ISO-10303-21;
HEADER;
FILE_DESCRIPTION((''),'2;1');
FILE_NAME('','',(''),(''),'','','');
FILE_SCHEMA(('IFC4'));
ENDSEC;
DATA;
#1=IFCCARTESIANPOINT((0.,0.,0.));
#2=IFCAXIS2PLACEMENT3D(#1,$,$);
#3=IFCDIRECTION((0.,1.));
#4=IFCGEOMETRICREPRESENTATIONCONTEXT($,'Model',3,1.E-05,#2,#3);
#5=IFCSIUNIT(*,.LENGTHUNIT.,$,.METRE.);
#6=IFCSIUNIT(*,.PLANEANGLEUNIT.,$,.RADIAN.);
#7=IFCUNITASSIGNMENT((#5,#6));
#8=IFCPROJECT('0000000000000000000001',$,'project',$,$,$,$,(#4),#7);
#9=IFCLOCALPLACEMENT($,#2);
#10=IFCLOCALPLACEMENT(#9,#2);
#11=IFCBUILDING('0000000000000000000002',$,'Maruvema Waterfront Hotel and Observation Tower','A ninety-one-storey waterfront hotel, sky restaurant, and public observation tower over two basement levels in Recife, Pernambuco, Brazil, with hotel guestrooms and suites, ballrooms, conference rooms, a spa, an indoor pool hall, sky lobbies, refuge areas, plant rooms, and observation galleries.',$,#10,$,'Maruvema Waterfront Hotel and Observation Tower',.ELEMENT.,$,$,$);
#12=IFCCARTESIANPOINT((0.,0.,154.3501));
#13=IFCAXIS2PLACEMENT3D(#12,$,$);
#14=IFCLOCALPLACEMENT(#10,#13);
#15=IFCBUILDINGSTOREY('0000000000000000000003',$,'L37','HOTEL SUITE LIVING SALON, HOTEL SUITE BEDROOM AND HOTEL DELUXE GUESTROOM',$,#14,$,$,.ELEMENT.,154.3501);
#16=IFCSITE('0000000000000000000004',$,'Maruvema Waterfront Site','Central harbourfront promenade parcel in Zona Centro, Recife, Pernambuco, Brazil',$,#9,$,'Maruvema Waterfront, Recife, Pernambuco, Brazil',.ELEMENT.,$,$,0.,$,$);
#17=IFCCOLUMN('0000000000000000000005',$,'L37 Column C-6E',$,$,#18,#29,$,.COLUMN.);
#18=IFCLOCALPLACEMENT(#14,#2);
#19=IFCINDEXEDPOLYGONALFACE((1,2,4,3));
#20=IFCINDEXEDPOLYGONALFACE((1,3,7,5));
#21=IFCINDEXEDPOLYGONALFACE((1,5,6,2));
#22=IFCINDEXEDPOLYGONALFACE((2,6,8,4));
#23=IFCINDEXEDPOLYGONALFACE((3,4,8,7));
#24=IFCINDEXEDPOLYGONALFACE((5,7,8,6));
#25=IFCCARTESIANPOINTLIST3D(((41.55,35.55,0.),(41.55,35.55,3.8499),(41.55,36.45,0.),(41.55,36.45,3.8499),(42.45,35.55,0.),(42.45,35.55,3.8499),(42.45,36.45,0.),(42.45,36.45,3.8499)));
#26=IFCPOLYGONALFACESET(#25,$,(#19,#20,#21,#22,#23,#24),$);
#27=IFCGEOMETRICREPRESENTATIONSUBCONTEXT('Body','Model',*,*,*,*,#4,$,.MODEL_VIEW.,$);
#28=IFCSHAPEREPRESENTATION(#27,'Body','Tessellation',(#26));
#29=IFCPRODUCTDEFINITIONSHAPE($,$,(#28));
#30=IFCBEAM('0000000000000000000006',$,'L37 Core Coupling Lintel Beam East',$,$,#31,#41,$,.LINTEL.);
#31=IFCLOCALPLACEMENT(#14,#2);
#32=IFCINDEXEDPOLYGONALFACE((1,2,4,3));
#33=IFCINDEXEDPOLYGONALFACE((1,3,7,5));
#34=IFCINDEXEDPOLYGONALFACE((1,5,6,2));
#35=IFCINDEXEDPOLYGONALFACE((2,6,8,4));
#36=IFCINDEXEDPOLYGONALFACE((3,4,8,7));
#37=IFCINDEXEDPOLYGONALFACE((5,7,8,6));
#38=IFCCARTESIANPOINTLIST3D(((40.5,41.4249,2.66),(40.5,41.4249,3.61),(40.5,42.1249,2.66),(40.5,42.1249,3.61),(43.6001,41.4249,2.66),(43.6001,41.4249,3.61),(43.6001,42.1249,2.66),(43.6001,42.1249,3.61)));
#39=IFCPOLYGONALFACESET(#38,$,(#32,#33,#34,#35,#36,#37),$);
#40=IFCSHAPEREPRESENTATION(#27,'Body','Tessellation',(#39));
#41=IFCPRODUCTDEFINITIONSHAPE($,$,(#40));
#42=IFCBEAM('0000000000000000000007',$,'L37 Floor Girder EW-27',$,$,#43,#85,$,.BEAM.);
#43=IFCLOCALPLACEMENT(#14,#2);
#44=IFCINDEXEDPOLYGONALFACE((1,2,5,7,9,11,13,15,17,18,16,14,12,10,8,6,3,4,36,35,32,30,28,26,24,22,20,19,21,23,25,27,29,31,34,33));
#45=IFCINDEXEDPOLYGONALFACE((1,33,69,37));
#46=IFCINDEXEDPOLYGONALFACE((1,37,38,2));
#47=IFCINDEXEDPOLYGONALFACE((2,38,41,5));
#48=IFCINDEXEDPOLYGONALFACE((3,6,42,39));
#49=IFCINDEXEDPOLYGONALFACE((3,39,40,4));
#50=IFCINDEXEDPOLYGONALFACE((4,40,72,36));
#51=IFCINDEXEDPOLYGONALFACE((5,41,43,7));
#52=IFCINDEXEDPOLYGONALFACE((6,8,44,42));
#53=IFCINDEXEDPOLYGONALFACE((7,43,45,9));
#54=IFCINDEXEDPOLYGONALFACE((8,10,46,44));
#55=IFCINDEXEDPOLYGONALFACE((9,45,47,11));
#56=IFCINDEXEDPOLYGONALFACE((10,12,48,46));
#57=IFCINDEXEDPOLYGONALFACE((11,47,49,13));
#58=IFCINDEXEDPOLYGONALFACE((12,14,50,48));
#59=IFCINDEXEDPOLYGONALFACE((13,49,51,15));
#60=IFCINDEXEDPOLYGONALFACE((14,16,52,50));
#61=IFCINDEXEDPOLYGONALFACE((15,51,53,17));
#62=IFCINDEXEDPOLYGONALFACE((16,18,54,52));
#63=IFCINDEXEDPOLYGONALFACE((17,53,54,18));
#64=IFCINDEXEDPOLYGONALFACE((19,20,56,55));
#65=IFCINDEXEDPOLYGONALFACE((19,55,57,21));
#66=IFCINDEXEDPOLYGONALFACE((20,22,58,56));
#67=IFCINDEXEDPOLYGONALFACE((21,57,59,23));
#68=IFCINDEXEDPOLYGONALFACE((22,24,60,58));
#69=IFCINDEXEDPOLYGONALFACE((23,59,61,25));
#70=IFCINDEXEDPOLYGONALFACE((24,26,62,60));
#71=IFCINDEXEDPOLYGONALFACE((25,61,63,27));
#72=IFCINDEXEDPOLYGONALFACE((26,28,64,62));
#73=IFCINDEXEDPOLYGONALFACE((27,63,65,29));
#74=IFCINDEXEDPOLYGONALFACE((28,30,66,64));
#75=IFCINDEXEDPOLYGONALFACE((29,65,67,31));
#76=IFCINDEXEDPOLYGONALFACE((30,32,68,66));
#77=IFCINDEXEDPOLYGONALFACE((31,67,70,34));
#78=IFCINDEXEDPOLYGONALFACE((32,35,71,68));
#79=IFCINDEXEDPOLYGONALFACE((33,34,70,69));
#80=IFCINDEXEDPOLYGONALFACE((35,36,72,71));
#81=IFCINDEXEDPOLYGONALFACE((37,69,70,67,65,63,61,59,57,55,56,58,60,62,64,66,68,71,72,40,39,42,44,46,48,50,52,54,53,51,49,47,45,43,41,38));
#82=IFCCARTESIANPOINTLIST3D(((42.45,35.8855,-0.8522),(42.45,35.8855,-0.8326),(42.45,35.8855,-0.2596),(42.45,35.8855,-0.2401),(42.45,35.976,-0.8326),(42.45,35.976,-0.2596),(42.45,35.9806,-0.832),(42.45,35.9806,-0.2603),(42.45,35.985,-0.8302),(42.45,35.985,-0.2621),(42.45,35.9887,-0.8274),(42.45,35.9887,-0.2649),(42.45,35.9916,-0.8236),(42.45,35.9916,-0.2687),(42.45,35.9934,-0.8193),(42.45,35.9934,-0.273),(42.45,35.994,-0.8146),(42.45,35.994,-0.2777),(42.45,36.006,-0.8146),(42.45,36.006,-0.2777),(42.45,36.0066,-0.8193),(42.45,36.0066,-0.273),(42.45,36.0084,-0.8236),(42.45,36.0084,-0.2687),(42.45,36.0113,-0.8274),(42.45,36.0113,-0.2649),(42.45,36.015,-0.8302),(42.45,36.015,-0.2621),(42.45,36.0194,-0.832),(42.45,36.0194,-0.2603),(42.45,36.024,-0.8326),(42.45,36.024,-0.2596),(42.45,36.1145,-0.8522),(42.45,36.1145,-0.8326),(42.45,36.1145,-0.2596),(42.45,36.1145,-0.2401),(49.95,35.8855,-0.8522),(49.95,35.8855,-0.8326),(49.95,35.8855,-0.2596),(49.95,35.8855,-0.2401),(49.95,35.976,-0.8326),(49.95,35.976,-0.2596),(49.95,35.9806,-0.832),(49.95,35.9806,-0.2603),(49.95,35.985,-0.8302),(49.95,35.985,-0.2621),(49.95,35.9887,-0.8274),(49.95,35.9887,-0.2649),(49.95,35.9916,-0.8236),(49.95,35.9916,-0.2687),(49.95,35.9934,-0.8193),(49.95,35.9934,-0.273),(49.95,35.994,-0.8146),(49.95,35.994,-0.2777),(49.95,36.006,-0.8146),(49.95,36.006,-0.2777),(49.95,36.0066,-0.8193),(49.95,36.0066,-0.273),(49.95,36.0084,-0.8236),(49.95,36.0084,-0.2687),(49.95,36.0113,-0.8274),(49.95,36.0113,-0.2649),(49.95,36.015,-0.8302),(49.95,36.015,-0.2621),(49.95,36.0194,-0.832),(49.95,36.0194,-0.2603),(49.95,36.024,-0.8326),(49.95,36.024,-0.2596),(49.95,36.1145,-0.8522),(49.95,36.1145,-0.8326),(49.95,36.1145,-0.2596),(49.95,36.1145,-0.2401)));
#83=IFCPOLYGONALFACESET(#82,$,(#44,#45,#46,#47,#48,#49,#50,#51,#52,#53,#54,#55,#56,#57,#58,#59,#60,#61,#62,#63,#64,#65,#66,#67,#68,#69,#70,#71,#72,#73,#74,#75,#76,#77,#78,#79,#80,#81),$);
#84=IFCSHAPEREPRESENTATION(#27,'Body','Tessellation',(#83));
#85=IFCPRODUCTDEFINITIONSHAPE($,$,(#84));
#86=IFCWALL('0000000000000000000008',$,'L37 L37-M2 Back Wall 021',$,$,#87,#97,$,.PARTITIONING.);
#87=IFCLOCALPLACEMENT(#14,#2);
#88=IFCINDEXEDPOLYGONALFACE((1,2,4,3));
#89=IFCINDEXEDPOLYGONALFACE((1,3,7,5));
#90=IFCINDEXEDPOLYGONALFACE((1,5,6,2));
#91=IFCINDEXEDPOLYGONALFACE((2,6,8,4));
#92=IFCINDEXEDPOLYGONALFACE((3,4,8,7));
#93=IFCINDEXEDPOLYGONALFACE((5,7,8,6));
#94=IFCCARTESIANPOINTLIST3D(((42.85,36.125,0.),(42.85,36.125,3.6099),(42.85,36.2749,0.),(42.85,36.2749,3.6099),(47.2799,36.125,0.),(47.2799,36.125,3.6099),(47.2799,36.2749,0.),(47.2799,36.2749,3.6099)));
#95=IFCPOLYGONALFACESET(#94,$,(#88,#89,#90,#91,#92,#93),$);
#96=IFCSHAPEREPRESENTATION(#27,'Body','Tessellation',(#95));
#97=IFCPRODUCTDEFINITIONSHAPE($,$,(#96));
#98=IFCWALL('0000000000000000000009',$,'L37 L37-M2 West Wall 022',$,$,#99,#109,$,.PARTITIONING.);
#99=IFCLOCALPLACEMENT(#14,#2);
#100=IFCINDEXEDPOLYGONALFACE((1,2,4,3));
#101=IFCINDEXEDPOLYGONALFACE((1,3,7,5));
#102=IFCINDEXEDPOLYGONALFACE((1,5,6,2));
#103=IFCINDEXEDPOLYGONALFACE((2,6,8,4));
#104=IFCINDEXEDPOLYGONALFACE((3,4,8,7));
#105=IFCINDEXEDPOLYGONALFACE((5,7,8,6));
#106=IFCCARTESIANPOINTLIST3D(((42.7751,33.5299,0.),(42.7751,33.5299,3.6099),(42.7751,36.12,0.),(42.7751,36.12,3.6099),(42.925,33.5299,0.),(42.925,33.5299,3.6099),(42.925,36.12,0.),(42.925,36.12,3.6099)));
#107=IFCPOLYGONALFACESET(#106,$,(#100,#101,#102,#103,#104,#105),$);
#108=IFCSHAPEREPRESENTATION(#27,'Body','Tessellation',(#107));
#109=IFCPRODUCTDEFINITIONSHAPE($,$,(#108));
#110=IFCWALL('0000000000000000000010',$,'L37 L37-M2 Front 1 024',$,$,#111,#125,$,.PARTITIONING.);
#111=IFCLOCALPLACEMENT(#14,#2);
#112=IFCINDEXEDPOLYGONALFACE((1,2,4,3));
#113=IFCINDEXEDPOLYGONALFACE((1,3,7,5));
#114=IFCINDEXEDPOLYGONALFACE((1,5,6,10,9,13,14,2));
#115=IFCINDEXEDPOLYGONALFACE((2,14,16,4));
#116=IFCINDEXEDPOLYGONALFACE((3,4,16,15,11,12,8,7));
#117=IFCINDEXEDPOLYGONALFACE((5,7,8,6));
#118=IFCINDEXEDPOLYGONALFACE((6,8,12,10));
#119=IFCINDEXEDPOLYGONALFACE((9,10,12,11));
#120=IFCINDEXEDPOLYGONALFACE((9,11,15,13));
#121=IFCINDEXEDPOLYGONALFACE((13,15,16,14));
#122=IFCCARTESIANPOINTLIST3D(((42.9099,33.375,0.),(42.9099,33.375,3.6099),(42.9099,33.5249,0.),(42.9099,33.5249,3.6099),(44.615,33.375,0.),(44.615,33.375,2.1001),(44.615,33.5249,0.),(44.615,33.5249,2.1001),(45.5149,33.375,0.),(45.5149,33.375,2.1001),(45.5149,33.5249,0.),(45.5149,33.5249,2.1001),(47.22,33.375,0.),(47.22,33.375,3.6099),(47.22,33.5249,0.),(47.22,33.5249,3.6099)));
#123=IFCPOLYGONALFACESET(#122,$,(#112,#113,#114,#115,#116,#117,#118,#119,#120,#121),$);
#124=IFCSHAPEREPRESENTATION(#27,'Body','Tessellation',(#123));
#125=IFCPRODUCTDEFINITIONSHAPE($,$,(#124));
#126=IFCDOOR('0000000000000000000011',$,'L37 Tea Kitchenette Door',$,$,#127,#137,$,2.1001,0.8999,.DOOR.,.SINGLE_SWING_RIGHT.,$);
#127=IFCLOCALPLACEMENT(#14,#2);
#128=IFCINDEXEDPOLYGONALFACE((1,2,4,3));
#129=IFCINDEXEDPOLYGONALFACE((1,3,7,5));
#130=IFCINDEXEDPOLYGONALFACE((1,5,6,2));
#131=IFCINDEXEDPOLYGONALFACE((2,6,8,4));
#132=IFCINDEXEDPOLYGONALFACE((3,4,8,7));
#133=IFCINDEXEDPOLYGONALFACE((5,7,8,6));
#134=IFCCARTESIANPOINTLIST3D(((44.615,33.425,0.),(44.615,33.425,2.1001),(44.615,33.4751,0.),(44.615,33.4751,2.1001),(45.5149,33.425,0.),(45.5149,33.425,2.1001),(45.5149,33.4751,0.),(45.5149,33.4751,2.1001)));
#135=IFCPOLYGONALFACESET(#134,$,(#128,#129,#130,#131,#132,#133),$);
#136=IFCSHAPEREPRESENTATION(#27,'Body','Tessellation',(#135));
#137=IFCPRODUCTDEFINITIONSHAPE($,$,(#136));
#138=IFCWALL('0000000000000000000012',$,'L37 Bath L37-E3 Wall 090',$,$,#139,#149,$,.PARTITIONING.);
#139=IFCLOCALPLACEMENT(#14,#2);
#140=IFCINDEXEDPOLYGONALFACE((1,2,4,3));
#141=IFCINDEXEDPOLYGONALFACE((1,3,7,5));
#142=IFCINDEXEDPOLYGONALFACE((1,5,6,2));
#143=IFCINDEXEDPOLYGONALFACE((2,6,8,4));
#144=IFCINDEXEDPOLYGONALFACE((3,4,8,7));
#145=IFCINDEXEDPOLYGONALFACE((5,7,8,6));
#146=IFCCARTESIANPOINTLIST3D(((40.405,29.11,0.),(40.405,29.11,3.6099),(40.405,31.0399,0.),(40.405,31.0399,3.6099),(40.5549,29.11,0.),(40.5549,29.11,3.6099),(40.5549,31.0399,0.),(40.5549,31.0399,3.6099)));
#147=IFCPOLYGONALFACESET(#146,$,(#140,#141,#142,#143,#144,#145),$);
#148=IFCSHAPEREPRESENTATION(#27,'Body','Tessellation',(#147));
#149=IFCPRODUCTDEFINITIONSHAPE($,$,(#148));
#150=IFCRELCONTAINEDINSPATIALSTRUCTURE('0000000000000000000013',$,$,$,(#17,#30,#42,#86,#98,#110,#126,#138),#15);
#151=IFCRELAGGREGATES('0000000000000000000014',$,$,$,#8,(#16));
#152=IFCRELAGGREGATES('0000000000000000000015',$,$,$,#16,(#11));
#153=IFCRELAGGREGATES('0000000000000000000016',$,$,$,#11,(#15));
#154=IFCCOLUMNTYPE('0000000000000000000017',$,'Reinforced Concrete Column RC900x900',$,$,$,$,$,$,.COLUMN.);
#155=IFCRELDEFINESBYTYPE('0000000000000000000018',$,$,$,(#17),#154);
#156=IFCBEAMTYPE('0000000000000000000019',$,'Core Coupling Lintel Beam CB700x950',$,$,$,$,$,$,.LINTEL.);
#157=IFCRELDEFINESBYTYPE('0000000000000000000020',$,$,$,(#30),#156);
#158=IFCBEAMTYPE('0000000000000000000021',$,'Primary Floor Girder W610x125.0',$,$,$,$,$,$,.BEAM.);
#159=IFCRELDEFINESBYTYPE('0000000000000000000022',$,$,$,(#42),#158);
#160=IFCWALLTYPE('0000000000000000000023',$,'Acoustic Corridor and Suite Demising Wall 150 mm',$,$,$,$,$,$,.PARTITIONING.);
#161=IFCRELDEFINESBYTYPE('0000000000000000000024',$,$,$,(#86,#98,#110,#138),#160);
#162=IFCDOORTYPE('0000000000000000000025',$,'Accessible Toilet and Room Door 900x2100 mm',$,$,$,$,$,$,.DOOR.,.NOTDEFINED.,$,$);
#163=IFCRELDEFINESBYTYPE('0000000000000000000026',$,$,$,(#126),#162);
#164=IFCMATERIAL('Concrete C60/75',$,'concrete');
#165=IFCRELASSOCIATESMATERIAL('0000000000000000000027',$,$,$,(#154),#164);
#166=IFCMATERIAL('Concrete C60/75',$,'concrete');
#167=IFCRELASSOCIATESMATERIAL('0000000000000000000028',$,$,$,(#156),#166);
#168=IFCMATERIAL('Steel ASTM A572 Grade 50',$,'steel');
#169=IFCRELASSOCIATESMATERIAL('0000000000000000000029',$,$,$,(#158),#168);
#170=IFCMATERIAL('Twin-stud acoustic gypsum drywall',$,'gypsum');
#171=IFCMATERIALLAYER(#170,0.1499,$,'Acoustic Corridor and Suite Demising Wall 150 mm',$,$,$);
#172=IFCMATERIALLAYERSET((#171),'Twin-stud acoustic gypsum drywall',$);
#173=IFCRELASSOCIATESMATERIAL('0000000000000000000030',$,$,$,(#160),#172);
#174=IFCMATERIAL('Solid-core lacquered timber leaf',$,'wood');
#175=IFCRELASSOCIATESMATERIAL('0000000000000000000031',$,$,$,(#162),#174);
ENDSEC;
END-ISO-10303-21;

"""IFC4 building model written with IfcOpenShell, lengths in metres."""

from ifc_helpers import new_model, si_unit, direction, frame, frame_2d, origin, origin_2d, place, context, subcontext, project, spatial, rectangle, i_section, extrude, material, layer, layer_set, material_profile, profile_set, type_object, element, fill, save


model = new_model("IFC4")

# Units and contexts
model_context = context("Model", 3, precision=1e-05, world=origin(), true_north=direction((0.0, 1.0)))
body_context = subcontext(model_context, "Body", "Model", "MODEL_VIEW")
ifc_project = project(units=[si_unit("LENGTHUNIT", "METRE"), si_unit("PLANEANGLEUNIT", "RADIAN")], contexts=[model_context])

# Site, building, storey
site_placement = place(None, origin())
site = spatial("IfcSite", under=ifc_project, at=site_placement, Name="Maruvema Waterfront Site", Description="Central harbourfront promenade parcel in Zona Centro, Recife, Pernambuco, Brazil", LongName="Maruvema Waterfront, Recife, Pernambuco, Brazil", CompositionType="ELEMENT", RefElevation=0.0)
building_placement = place(site_placement, origin())
building = spatial("IfcBuilding", under=site, at=building_placement, Name="Maruvema Waterfront Hotel and Observation Tower", Description="A ninety-one-storey waterfront hotel, sky restaurant, and public observation tower over two basement levels in Recife, Pernambuco, Brazil, with hotel guestrooms and suites, ballrooms, conference rooms, a spa, an indoor pool hall, sky lobbies, refuge areas, plant rooms, and observation galleries.", LongName="Maruvema Waterfront Hotel and Observation Tower", CompositionType="ELEMENT")
storey_placement = place(building_placement, frame((0.0, 0.0, 154.3501)))
storey = spatial("IfcBuildingStorey", under=building, at=storey_placement, Name="L37", Description="HOTEL SUITE LIVING SALON, HOTEL SUITE BEDROOM AND HOTEL DELUXE GUESTROOM", CompositionType="ELEMENT", Elevation=154.3501)

# Column
ifc_material_1 = material(Name="Concrete C60/75", Category="concrete")
ifc_material_profile_1 = material_profile(ifc_material_1, rectangle(XDim=0.8999, YDim=0.8999, at=origin_2d()), Name="RC900x900")
ifc_profile_set_1 = profile_set([ifc_material_profile_1], Name="Concrete C60/75")
column_type = type_object("IfcColumnType", Name="Reinforced Concrete Column RC900x900", PredefinedType="COLUMN", material=ifc_profile_set_1)
column_placement = place(storey_placement, frame((42.0, 36.0, 0.0), z_axis=(0.0, 0.0, 1.0), x_axis=(1.0, 0.0, 0.0)))
element("IfcColumn", 1, at=column_placement, inside=storey, type_object=column_type, Name="L37 Column C-6E", PredefinedType="COLUMN", context=body_context, shape_type="SweptSolid", body=[
    extrude(rectangle(XDim=0.8999, YDim=0.8999, at=origin_2d()), origin(), (0.0, 0.0, 1.0), 3.8499),
])

# Beams
ifc_material_2 = material(Name="Concrete C60/75", Category="concrete")
ifc_material_profile_2 = material_profile(ifc_material_2, rectangle(XDim=0.7, YDim=0.95, at=origin_2d()), Name="CB700x950")
ifc_profile_set_2 = profile_set([ifc_material_profile_2], Name="Concrete C60/75")
beam_type_1 = type_object("IfcBeamType", Name="Core Coupling Lintel Beam CB700x950", PredefinedType="LINTEL", material=ifc_profile_set_2)
beam_1_placement = place(storey_placement, frame((40.5, 41.7749, 3.135), z_axis=(1.0, 0.0, 0.0), x_axis=(0.0, 1.0, 0.0)))
element("IfcBeam", 2, at=beam_1_placement, inside=storey, type_object=beam_type_1, Name="L37 Core Coupling Lintel Beam East", PredefinedType="LINTEL", context=body_context, shape_type="SweptSolid", body=[
    extrude(rectangle(XDim=0.7, YDim=0.95, at=origin_2d()), origin(), (0.0, 0.0, 1.0), 3.1001),
])
ifc_material_3 = material(Name="Steel ASTM A572 Grade 50", Category="steel")
ifc_material_profile_3 = material_profile(ifc_material_3, i_section(OverallWidth=0.229, OverallDepth=0.6121, WebThickness=0.012, FlangeThickness=0.0195, FilletRadius=0.0181, at=origin_2d()), Name="W610x125.0")
ifc_profile_set_3 = profile_set([ifc_material_profile_3], Name="Steel ASTM A572 Grade 50")
beam_type_2 = type_object("IfcBeamType", Name="Primary Floor Girder W610x125.0", PredefinedType="BEAM", material=ifc_profile_set_3)
beam_2_placement = place(storey_placement, frame((42.45, 36.0, -0.5461), z_axis=(1.0, 0.0, 0.0), x_axis=(0.0, 1.0, 0.0)))
element("IfcBeam", 3, at=beam_2_placement, inside=storey, type_object=beam_type_2, Name="L37 Floor Girder EW-27", PredefinedType="BEAM", context=body_context, shape_type="SweptSolid", body=[
    extrude(i_section(OverallWidth=0.229, OverallDepth=0.6121, WebThickness=0.012, FlangeThickness=0.0195, FilletRadius=0.0181, at=origin_2d()), origin(), (0.0, 0.0, 1.0), 7.5),
])

# Walls
ifc_material_4 = material(Name="Twin-stud acoustic gypsum drywall", Category="gypsum")
ifc_layer_1 = layer(ifc_material_4, 0.1499, Name="Acoustic Corridor and Suite Demising Wall 150 mm")
ifc_layer_set_1 = layer_set([ifc_layer_1], Name="Twin-stud acoustic gypsum drywall")
wall_type_1 = type_object("IfcWallType", Name="Acoustic Corridor and Suite Demising Wall 150 mm", PredefinedType="PARTITIONING", material=ifc_layer_set_1)
wall_1_placement = place(storey_placement, frame((42.8501, 36.2, 0.0), z_axis=(0.0, 0.0, 1.0), x_axis=(1.0, 0.0, 0.0)))
element("IfcWall", 4, at=wall_1_placement, inside=storey, type_object=wall_type_1, Name="L37 L37-M2 Back Wall 021", PredefinedType="PARTITIONING", context=body_context, shape_type="SweptSolid", body=[
    extrude(rectangle(XDim=4.4299, YDim=0.1499, at=frame_2d((2.2148, 0.0))), origin(), (0.0, 0.0, 1.0), 3.6099),
])
wall_2_placement = place(storey_placement, frame((42.8501, 33.53, 0.0), z_axis=(0.0, 0.0, 1.0), x_axis=(0.0, 1.0, 0.0)))
element("IfcWall", 5, at=wall_2_placement, inside=storey, type_object=wall_type_1, Name="L37 L37-M2 West Wall 022", PredefinedType="PARTITIONING", context=body_context, shape_type="SweptSolid", body=[
    extrude(rectangle(XDim=2.5901, YDim=0.1499, at=frame_2d((1.2949, 0.0))), origin(), (0.0, 0.0, 1.0), 3.6099),
])

# Wall, opening, door
wall_3_placement = place(storey_placement, frame((42.9099, 33.45, 0.0), z_axis=(0.0, 0.0, 1.0), x_axis=(1.0, 0.0, 0.0)))
wall_3 = element("IfcWall", 6, at=wall_3_placement, inside=storey, type_object=wall_type_1, Name="L37 L37-M2 Front 1 024", PredefinedType="PARTITIONING", context=body_context, shape_type="SweptSolid", body=[
    extrude(rectangle(XDim=4.3101, YDim=0.1499, at=frame_2d((2.155, 0.0))), origin(), (0.0, 0.0, 1.0), 3.6099),
])
opening_1_placement = place(wall_3_placement, frame((1.7051, 0.0, 0.0)))
opening_1 = element("IfcOpeningElement", 7, at=opening_1_placement, cuts=wall_3, PredefinedType="OPENING", context=body_context, shape_type="SweptSolid", body=[
    extrude(rectangle(XDim=0.8999, YDim=2.1001, at=frame_2d((0.45, 1.05))), frame((0.0, 0.085, 0.0), z_axis=(0.0, -1.0, 0.0), x_axis=(1.0, 0.0, 0.0)), (0.0, 0.0, 1.0), 0.1699),
])
ifc_material_5 = material(Name="Solid-core lacquered timber leaf", Category="wood")
door_type_1 = type_object("IfcDoorType", Name="Accessible Toilet and Room Door 900x2100 mm", OperationType="NOTDEFINED", PredefinedType="DOOR", material=ifc_material_5)
door_1_placement = place(opening_1_placement, frame((0.8999, 0.0, 0.0), z_axis=(0.0, 0.0, 1.0), x_axis=(-1.0, 0.0, 0.0)))
door_1 = element("IfcDoor", 8, at=door_1_placement, inside=storey, type_object=door_type_1, Name="L37 Tea Kitchenette Door", OperationType="SINGLE_SWING_RIGHT", OverallHeight=2.1001, OverallWidth=0.8999, PredefinedType="DOOR", context=body_context, shape_type="SweptSolid", body=[
    extrude(rectangle(XDim=0.8999, YDim=2.1001, at=frame_2d((0.45, 1.05))), frame((0.0, 0.0249, 0.0), z_axis=(0.0, -1.0, 0.0), x_axis=(1.0, 0.0, 0.0)), (0.0, 0.0, 1.0), 0.05),
])
fill(opening_1, door_1)

# Wall
wall_4_placement = place(storey_placement, frame((40.48, 29.1101, 0.0), z_axis=(0.0, 0.0, 1.0), x_axis=(0.0, 1.0, 0.0)))
element("IfcWall", 9, at=wall_4_placement, inside=storey, type_object=wall_type_1, Name="L37 Bath L37-E3 Wall 090", PredefinedType="PARTITIONING", context=body_context, shape_type="SweptSolid", body=[
    extrude(rectangle(XDim=1.9299, YDim=0.1499, at=frame_2d((0.9648, 0.0))), origin(), (0.0, 0.0, 1.0), 3.6099),
])

save(model, "model.ifc")
